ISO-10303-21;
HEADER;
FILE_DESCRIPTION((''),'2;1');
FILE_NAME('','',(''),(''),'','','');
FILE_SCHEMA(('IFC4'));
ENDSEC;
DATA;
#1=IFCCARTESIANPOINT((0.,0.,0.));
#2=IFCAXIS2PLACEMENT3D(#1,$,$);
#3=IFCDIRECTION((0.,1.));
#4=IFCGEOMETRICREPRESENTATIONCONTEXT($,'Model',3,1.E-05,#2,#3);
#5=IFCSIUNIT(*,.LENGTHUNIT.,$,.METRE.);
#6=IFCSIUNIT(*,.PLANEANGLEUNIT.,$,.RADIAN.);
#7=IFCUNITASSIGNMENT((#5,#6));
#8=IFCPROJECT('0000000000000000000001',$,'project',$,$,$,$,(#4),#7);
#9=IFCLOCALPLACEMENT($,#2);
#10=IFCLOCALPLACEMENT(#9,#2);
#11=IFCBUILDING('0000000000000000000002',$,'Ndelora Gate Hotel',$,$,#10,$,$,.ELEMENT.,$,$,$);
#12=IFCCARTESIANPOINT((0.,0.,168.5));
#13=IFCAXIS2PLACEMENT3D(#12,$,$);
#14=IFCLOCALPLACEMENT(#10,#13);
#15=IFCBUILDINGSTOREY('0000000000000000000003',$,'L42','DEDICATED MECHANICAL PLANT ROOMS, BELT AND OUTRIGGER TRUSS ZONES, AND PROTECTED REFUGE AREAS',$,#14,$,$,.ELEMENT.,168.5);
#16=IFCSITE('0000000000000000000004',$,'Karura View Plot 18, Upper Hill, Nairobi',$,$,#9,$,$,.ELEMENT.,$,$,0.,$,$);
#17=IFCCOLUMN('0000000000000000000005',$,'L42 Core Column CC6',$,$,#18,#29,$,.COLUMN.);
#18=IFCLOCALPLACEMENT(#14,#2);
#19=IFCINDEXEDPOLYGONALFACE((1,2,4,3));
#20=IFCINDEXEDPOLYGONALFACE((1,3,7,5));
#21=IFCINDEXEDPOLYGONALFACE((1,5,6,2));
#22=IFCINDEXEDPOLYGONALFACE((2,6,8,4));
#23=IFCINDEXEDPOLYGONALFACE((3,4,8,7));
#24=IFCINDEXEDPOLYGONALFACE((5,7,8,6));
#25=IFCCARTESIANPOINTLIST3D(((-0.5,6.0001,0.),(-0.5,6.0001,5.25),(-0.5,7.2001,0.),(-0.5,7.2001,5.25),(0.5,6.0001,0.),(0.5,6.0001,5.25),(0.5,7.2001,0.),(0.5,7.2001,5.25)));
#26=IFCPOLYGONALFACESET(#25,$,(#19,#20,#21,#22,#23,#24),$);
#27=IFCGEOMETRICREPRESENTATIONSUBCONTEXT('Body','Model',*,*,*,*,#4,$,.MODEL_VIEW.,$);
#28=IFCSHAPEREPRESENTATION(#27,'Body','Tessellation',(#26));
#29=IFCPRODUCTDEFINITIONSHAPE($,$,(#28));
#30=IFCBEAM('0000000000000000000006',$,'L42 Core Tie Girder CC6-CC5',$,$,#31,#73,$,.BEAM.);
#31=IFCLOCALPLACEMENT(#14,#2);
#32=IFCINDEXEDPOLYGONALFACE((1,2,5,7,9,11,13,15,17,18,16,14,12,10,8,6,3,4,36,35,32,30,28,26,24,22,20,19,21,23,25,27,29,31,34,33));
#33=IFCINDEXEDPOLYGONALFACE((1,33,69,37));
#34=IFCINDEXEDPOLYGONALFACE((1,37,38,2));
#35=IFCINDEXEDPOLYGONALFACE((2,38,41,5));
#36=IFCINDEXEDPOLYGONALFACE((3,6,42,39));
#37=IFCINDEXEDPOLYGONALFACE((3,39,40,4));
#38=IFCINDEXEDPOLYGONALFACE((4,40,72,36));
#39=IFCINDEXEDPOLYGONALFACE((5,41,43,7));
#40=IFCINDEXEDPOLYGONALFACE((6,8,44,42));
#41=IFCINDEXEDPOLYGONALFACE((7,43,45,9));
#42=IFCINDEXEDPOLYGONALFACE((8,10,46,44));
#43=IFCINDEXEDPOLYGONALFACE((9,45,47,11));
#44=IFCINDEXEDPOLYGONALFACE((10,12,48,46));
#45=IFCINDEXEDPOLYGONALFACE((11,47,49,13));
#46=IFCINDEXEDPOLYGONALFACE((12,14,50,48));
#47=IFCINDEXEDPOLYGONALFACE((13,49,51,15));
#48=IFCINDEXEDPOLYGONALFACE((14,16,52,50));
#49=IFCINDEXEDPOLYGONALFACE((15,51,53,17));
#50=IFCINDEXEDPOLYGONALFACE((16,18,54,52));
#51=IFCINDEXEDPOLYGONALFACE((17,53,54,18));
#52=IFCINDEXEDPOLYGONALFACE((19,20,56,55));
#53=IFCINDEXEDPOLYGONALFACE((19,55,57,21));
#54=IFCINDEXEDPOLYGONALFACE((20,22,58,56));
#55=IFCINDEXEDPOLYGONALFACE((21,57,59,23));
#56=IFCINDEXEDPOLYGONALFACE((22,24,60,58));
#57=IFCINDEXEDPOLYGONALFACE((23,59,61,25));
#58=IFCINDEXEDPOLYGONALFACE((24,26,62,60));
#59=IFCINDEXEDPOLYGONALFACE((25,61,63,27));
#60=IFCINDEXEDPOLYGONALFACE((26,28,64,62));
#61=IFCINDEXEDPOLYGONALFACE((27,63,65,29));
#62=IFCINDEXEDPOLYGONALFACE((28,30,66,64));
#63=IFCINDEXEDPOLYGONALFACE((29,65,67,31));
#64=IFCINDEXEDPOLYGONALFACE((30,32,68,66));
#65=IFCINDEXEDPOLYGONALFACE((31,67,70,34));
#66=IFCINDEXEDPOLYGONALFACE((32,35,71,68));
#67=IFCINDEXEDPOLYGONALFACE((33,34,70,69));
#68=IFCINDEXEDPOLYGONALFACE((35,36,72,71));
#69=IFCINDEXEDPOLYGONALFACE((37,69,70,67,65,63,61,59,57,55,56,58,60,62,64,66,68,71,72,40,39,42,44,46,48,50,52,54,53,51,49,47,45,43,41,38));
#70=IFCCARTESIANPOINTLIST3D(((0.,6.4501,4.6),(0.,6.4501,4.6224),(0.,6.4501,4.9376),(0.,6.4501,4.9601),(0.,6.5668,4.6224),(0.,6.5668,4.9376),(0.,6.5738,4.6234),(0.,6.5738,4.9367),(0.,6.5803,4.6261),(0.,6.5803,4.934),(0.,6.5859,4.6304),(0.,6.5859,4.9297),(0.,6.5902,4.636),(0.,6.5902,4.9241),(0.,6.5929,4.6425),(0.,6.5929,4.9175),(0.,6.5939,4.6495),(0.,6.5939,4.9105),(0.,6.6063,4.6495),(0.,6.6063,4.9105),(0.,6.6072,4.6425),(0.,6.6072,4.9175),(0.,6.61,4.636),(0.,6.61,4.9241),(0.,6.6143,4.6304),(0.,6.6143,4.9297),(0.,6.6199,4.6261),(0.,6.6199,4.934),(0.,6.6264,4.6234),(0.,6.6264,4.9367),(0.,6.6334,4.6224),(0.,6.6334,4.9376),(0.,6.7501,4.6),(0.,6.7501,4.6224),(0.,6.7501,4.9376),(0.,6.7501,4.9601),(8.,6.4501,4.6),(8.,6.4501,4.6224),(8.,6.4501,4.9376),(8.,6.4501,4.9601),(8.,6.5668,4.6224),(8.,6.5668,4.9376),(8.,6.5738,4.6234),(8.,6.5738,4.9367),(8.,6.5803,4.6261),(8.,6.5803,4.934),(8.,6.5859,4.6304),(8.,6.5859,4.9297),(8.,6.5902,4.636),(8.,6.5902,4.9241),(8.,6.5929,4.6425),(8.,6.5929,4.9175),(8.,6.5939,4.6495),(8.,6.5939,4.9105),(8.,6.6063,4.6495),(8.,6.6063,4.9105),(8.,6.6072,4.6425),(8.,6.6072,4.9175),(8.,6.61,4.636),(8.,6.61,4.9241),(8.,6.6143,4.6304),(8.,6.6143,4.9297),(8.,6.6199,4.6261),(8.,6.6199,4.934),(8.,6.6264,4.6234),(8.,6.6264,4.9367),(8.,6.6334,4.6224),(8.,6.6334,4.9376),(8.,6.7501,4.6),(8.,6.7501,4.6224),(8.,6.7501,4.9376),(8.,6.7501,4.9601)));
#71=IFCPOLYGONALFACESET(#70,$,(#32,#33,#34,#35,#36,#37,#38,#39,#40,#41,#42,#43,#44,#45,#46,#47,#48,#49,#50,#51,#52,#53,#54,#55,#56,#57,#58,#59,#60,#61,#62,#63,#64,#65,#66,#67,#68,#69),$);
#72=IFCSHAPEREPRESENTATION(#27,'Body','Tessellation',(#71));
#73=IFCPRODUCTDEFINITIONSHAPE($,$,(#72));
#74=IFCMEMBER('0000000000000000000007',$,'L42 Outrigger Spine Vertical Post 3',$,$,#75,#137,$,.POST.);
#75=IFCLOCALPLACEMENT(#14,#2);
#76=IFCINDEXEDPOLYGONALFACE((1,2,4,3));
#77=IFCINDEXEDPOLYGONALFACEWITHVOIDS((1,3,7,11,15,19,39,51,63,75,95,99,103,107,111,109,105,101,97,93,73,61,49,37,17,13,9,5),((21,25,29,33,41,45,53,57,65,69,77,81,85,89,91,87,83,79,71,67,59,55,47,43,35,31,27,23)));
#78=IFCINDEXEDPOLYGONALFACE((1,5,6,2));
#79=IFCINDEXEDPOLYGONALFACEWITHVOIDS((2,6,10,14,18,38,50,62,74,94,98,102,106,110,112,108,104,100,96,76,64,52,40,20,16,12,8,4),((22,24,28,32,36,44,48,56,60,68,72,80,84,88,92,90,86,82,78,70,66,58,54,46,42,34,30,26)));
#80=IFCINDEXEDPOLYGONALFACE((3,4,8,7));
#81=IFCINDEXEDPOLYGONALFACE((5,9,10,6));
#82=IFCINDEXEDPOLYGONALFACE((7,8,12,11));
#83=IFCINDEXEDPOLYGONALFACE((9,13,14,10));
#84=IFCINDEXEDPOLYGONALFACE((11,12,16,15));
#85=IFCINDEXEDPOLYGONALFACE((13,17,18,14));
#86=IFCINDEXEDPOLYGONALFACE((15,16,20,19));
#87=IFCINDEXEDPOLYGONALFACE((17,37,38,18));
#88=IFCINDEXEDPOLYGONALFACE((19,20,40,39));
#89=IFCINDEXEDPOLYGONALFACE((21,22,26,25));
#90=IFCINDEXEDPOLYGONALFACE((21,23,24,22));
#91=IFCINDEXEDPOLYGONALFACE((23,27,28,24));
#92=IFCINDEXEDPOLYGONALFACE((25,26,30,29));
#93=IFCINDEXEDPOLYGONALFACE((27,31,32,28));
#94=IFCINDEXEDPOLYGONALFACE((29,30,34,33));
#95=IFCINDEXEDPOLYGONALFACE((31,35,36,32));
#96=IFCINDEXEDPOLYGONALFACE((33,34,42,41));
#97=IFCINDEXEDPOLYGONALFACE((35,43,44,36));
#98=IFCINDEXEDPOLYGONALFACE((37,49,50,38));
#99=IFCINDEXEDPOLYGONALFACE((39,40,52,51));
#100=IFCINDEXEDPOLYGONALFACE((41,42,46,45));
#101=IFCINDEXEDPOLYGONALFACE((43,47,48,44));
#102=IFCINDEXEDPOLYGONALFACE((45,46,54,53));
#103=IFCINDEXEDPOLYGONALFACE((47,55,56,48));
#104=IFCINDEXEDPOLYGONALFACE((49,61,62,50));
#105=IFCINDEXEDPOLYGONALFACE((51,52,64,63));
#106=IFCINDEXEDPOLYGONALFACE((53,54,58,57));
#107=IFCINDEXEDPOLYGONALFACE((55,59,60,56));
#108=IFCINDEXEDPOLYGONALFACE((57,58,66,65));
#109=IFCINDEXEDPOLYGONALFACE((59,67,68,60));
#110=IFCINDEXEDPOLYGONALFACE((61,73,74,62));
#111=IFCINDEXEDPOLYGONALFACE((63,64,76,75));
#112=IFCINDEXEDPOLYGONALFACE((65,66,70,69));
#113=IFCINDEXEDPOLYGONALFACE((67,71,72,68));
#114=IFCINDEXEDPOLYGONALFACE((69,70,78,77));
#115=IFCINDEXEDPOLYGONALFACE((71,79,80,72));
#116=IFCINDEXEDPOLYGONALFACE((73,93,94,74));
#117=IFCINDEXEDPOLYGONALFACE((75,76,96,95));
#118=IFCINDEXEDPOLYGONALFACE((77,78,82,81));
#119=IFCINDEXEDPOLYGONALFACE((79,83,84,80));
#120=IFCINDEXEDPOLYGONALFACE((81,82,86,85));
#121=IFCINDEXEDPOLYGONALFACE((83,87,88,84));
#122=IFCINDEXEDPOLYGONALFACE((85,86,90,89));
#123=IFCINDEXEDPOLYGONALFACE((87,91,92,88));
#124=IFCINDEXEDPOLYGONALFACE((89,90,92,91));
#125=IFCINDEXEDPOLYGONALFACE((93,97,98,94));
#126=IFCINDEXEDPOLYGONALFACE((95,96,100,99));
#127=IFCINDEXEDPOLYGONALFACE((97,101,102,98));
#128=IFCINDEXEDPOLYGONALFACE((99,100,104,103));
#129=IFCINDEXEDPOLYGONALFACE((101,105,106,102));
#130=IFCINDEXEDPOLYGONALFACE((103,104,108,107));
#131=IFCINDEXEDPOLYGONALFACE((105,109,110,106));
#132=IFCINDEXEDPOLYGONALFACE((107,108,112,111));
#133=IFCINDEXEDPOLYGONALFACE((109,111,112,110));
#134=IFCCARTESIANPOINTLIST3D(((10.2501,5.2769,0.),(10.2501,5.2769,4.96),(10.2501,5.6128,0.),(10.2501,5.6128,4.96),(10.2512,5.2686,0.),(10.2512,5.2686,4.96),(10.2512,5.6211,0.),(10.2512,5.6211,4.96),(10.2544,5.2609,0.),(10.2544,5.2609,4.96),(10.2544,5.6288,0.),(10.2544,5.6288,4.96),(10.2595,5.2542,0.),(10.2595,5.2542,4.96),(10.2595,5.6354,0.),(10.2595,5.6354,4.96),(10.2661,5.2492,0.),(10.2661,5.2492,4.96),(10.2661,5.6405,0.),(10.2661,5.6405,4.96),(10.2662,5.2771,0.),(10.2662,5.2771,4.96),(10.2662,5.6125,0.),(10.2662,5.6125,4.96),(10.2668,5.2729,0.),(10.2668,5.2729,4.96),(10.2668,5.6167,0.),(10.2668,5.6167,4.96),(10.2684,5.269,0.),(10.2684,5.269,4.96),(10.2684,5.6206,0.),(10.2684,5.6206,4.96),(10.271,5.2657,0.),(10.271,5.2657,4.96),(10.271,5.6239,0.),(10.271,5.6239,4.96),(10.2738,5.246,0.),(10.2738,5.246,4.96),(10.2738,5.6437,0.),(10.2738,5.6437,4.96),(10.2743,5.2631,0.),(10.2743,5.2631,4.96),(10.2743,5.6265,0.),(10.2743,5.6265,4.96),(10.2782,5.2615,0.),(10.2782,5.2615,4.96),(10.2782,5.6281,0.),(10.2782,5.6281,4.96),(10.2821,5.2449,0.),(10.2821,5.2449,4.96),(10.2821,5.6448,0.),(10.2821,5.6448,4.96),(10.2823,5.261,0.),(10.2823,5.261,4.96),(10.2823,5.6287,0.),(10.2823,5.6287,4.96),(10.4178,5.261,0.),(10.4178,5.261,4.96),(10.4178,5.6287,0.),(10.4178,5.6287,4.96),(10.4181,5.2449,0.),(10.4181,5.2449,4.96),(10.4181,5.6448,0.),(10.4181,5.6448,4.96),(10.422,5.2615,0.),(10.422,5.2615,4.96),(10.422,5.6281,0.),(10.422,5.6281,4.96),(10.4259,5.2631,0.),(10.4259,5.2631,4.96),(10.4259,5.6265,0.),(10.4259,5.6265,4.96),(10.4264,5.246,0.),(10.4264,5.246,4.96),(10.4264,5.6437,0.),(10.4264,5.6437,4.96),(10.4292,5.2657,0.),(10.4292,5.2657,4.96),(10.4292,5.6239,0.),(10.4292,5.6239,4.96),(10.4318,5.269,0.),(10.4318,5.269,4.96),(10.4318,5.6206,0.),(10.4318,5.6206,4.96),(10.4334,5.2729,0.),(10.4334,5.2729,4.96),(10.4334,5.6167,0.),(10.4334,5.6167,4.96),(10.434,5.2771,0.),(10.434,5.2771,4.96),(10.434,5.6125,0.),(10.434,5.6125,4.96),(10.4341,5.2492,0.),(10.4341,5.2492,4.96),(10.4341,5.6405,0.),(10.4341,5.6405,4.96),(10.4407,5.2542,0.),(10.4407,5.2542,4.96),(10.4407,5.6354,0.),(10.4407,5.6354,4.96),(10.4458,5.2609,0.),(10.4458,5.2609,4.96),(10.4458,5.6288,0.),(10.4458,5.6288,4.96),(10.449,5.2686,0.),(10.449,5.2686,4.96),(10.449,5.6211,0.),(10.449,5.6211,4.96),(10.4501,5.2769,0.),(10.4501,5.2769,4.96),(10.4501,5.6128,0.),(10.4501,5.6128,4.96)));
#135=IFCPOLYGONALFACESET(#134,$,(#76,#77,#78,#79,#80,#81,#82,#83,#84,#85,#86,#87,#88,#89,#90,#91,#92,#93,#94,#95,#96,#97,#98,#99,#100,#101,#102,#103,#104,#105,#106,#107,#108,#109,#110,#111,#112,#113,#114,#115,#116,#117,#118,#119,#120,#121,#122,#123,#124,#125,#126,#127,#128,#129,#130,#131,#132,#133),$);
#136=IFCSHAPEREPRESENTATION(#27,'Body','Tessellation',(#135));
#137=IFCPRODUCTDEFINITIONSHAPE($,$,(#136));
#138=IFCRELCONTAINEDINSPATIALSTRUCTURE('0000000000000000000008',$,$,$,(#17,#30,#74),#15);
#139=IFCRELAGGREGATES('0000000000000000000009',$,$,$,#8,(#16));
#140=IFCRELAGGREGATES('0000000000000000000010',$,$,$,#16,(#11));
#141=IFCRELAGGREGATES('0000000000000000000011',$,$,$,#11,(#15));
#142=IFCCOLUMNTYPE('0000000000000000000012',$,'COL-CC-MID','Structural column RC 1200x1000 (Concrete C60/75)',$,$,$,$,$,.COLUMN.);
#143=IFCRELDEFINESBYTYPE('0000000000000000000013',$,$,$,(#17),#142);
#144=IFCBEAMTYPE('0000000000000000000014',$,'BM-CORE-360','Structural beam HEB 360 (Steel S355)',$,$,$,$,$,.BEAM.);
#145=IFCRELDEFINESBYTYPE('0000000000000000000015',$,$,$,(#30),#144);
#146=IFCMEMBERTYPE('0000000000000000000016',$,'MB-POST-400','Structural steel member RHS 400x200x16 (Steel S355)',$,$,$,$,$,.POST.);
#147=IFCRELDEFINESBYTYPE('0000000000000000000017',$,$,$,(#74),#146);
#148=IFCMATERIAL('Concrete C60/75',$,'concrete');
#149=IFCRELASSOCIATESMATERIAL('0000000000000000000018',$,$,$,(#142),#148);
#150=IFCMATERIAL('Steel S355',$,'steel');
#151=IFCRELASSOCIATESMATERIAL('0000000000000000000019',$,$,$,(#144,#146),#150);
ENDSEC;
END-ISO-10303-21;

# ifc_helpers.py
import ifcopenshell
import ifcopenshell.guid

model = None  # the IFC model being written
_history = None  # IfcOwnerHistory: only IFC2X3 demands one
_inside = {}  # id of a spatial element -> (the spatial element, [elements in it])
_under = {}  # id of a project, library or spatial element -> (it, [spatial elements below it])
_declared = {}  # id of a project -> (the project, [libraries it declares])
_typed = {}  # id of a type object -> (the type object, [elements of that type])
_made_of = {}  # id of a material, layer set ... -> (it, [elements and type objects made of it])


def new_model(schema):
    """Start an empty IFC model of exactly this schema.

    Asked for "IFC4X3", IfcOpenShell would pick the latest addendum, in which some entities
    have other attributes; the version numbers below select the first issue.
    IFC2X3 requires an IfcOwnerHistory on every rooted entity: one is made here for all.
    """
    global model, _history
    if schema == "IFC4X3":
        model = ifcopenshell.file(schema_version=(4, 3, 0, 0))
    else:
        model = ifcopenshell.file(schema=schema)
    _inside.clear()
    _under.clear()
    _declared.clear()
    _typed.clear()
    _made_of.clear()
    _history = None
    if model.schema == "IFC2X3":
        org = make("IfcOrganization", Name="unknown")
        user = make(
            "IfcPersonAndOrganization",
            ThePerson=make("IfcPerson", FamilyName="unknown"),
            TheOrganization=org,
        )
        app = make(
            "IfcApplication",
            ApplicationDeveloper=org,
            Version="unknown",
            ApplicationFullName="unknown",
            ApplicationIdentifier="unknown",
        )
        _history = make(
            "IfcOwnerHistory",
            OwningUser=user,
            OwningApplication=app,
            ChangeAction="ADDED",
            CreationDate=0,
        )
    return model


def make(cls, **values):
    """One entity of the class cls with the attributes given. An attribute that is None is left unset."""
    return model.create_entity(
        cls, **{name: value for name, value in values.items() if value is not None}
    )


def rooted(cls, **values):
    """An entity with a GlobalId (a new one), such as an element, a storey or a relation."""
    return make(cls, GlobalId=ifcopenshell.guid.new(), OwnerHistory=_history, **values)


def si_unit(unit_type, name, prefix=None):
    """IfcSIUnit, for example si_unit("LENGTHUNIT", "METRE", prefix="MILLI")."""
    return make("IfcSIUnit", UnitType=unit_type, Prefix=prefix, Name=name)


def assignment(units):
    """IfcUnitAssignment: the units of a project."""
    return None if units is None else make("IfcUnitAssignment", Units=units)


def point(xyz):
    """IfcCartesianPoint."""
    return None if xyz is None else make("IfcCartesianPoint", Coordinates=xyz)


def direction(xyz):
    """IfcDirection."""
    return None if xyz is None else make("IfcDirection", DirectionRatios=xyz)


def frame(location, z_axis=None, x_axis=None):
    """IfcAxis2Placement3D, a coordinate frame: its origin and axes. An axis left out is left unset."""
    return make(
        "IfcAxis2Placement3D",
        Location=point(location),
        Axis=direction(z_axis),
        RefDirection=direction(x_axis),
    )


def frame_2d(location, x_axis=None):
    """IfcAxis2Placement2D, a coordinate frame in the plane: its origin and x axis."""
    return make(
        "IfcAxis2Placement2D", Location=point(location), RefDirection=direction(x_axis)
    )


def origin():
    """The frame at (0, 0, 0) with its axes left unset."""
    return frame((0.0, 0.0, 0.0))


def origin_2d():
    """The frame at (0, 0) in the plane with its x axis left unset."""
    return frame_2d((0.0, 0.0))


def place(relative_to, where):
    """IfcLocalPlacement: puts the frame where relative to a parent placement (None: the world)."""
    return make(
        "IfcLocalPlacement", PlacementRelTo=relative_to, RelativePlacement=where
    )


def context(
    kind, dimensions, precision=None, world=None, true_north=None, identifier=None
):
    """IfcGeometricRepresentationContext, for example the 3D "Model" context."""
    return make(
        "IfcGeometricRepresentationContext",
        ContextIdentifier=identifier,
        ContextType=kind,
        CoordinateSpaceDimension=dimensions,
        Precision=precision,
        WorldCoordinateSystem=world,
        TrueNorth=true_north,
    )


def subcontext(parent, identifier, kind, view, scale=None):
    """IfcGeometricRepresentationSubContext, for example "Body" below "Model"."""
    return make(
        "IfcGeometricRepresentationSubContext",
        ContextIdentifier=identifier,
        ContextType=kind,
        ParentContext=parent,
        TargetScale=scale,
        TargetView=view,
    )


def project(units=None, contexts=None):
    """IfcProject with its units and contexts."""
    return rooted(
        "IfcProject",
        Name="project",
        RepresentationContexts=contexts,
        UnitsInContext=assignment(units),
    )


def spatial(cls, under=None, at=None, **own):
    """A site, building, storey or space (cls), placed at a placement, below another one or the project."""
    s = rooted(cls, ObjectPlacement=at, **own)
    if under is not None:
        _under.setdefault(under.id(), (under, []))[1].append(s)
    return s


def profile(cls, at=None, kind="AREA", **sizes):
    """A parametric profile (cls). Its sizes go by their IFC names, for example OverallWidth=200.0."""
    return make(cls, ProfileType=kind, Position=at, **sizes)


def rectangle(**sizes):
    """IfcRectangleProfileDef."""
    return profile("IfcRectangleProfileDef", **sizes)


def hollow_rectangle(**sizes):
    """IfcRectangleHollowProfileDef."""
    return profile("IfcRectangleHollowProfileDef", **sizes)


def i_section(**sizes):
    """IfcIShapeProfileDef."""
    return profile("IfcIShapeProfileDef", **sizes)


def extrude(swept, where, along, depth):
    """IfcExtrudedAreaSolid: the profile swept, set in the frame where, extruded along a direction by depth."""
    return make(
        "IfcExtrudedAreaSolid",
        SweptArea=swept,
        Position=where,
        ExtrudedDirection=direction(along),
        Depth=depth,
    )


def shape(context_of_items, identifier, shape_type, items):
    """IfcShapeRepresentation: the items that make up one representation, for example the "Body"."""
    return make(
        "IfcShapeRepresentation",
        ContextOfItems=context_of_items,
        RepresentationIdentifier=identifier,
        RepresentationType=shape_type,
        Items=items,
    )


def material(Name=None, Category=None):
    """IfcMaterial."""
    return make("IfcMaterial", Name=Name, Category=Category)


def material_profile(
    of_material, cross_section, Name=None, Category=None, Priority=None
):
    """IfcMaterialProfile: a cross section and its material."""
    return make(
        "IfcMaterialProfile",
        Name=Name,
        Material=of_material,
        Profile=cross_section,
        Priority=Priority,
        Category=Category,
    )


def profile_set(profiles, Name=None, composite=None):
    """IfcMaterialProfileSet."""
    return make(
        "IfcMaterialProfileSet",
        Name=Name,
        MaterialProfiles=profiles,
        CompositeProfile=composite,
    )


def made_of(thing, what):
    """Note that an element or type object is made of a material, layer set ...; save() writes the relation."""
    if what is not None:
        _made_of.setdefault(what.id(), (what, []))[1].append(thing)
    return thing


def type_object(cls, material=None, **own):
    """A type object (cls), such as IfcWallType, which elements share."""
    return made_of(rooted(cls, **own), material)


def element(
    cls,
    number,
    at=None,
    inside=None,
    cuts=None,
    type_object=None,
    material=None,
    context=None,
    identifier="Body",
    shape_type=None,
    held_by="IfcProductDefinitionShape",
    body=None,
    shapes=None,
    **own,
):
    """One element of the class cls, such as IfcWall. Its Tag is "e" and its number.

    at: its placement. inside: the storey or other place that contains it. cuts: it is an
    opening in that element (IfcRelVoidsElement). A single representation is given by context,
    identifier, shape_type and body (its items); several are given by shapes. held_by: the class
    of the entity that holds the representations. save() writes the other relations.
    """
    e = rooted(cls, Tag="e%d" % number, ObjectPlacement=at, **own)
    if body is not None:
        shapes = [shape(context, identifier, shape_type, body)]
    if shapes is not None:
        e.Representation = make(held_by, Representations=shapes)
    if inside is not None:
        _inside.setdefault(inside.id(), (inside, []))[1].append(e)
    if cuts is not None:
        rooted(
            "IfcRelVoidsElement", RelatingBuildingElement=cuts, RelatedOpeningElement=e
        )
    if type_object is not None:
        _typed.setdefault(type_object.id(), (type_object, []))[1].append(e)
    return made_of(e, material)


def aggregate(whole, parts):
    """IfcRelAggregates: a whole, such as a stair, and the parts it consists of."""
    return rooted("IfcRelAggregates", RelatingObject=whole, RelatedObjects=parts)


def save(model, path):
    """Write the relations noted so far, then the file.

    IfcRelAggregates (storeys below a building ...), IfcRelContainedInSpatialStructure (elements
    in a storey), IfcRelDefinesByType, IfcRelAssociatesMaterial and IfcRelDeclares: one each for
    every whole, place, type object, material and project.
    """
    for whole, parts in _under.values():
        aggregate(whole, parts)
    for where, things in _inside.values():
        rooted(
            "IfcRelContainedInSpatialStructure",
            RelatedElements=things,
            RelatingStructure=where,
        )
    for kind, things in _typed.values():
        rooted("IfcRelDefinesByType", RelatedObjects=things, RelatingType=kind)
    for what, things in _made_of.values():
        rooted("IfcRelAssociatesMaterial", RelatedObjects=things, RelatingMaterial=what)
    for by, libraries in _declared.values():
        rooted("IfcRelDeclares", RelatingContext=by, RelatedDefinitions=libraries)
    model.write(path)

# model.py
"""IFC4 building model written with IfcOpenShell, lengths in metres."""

from ifc_helpers import new_model, si_unit, direction, frame, origin, origin_2d, place, context, subcontext, project, spatial, rectangle, hollow_rectangle, i_section, extrude, material, material_profile, profile_set, type_object, element, save


model = new_model("IFC4")

# Units and contexts
model_context = context("Model", 3, precision=1e-05, world=origin(), true_north=direction((0.0, 1.0)))
body_context = subcontext(model_context, "Body", "Model", "MODEL_VIEW")
ifc_project = project(units=[si_unit("LENGTHUNIT", "METRE"), si_unit("PLANEANGLEUNIT", "RADIAN")], contexts=[model_context])

# Site, building, storey
site_placement = place(None, origin())
site = spatial("IfcSite", under=ifc_project, at=site_placement, Name="Karura View Plot 18, Upper Hill, Nairobi", CompositionType="ELEMENT", RefElevation=0.0)
building_placement = place(site_placement, origin())
building = spatial("IfcBuilding", under=site, at=building_placement, Name="Ndelora Gate Hotel", CompositionType="ELEMENT")
storey_placement = place(building_placement, frame((0.0, 0.0, 168.5)))
storey = spatial("IfcBuildingStorey", under=building, at=storey_placement, Name="L42", Description="DEDICATED MECHANICAL PLANT ROOMS, BELT AND OUTRIGGER TRUSS ZONES, AND PROTECTED REFUGE AREAS", CompositionType="ELEMENT", Elevation=168.5)

# Column
ifc_material_1 = material(Name="Concrete C60/75", Category="concrete")
ifc_material_profile_1 = material_profile(ifc_material_1, rectangle(XDim=1.0, YDim=1.2, at=origin_2d()), Name="RC 1200x1000")
ifc_profile_set_1 = profile_set([ifc_material_profile_1], Name="Concrete C60/75")
column_type = type_object("IfcColumnType", Name="COL-CC-MID", Description="Structural column RC 1200x1000 (Concrete C60/75)", PredefinedType="COLUMN", material=ifc_profile_set_1)
column_placement = place(storey_placement, frame((0.0, 6.6001, 0.0), z_axis=(0.0, 0.0, 1.0), x_axis=(1.0, 0.0, 0.0)))
element("IfcColumn", 1, at=column_placement, inside=storey, type_object=column_type, Name="L42 Core Column CC6", PredefinedType="COLUMN", context=body_context, shape_type="SweptSolid", body=[
    extrude(rectangle(XDim=1.0, YDim=1.2, at=origin_2d()), origin(), (0.0, 0.0, 1.0), 5.25),
])

# Beam
ifc_material_2 = material(Name="Steel S355", Category="steel")
ifc_material_profile_2 = material_profile(ifc_material_2, i_section(OverallWidth=0.3, OverallDepth=0.3601, WebThickness=0.0125, FlangeThickness=0.0225, FilletRadius=0.0271, at=origin_2d()), Name="HEB 360")
ifc_profile_set_2 = profile_set([ifc_material_profile_2], Name="Steel S355")
beam_type = type_object("IfcBeamType", Name="BM-CORE-360", Description="Structural beam HEB 360 (Steel S355)", PredefinedType="BEAM", material=ifc_profile_set_2)
beam_placement = place(storey_placement, frame((0.0, 6.6001, 4.78), z_axis=(1.0, 0.0, 0.0), x_axis=(0.0, 1.0, 0.0)))
element("IfcBeam", 2, at=beam_placement, inside=storey, type_object=beam_type, Name="L42 Core Tie Girder CC6-CC5", PredefinedType="BEAM", context=body_context, shape_type="SweptSolid", body=[
    extrude(i_section(OverallWidth=0.3, OverallDepth=0.3601, WebThickness=0.0125, FlangeThickness=0.0225, FilletRadius=0.0271, at=origin_2d()), origin(), (0.0, 0.0, 1.0), 8.0),
])

# Member
ifc_material_profile_3 = material_profile(ifc_material_2, hollow_rectangle(XDim=0.2, YDim=0.3999, WallThickness=0.0161, InnerFilletRadius=0.0161, OuterFilletRadius=0.032, at=origin_2d()), Name="RHS 400x200x16")
ifc_profile_set_3 = profile_set([ifc_material_profile_3], Name="Steel S355")
member_type_1 = type_object("IfcMemberType", Name="MB-POST-400", Description="Structural steel member RHS 400x200x16 (Steel S355)", PredefinedType="POST", material=ifc_profile_set_3)
member_1_placement = place(storey_placement, frame((10.3501, 5.4448, 0.0), z_axis=(0.0, 0.0, 1.0), x_axis=(1.0, 0.0, 0.0)))
element("IfcMember", 3, at=member_1_placement, inside=storey, type_object=member_type_1, Name="L42 Outrigger Spine Vertical Post 3", PredefinedType="POST", context=body_context, shape_type="SweptSolid", body=[
    extrude(hollow_rectangle(XDim=0.2, YDim=0.3999, WallThickness=0.0161, InnerFilletRadius=0.0161, OuterFilletRadius=0.032, at=origin_2d()), origin(), (0.0, 0.0, 1.0), 4.96),
])

save(model, "model.ifc")
